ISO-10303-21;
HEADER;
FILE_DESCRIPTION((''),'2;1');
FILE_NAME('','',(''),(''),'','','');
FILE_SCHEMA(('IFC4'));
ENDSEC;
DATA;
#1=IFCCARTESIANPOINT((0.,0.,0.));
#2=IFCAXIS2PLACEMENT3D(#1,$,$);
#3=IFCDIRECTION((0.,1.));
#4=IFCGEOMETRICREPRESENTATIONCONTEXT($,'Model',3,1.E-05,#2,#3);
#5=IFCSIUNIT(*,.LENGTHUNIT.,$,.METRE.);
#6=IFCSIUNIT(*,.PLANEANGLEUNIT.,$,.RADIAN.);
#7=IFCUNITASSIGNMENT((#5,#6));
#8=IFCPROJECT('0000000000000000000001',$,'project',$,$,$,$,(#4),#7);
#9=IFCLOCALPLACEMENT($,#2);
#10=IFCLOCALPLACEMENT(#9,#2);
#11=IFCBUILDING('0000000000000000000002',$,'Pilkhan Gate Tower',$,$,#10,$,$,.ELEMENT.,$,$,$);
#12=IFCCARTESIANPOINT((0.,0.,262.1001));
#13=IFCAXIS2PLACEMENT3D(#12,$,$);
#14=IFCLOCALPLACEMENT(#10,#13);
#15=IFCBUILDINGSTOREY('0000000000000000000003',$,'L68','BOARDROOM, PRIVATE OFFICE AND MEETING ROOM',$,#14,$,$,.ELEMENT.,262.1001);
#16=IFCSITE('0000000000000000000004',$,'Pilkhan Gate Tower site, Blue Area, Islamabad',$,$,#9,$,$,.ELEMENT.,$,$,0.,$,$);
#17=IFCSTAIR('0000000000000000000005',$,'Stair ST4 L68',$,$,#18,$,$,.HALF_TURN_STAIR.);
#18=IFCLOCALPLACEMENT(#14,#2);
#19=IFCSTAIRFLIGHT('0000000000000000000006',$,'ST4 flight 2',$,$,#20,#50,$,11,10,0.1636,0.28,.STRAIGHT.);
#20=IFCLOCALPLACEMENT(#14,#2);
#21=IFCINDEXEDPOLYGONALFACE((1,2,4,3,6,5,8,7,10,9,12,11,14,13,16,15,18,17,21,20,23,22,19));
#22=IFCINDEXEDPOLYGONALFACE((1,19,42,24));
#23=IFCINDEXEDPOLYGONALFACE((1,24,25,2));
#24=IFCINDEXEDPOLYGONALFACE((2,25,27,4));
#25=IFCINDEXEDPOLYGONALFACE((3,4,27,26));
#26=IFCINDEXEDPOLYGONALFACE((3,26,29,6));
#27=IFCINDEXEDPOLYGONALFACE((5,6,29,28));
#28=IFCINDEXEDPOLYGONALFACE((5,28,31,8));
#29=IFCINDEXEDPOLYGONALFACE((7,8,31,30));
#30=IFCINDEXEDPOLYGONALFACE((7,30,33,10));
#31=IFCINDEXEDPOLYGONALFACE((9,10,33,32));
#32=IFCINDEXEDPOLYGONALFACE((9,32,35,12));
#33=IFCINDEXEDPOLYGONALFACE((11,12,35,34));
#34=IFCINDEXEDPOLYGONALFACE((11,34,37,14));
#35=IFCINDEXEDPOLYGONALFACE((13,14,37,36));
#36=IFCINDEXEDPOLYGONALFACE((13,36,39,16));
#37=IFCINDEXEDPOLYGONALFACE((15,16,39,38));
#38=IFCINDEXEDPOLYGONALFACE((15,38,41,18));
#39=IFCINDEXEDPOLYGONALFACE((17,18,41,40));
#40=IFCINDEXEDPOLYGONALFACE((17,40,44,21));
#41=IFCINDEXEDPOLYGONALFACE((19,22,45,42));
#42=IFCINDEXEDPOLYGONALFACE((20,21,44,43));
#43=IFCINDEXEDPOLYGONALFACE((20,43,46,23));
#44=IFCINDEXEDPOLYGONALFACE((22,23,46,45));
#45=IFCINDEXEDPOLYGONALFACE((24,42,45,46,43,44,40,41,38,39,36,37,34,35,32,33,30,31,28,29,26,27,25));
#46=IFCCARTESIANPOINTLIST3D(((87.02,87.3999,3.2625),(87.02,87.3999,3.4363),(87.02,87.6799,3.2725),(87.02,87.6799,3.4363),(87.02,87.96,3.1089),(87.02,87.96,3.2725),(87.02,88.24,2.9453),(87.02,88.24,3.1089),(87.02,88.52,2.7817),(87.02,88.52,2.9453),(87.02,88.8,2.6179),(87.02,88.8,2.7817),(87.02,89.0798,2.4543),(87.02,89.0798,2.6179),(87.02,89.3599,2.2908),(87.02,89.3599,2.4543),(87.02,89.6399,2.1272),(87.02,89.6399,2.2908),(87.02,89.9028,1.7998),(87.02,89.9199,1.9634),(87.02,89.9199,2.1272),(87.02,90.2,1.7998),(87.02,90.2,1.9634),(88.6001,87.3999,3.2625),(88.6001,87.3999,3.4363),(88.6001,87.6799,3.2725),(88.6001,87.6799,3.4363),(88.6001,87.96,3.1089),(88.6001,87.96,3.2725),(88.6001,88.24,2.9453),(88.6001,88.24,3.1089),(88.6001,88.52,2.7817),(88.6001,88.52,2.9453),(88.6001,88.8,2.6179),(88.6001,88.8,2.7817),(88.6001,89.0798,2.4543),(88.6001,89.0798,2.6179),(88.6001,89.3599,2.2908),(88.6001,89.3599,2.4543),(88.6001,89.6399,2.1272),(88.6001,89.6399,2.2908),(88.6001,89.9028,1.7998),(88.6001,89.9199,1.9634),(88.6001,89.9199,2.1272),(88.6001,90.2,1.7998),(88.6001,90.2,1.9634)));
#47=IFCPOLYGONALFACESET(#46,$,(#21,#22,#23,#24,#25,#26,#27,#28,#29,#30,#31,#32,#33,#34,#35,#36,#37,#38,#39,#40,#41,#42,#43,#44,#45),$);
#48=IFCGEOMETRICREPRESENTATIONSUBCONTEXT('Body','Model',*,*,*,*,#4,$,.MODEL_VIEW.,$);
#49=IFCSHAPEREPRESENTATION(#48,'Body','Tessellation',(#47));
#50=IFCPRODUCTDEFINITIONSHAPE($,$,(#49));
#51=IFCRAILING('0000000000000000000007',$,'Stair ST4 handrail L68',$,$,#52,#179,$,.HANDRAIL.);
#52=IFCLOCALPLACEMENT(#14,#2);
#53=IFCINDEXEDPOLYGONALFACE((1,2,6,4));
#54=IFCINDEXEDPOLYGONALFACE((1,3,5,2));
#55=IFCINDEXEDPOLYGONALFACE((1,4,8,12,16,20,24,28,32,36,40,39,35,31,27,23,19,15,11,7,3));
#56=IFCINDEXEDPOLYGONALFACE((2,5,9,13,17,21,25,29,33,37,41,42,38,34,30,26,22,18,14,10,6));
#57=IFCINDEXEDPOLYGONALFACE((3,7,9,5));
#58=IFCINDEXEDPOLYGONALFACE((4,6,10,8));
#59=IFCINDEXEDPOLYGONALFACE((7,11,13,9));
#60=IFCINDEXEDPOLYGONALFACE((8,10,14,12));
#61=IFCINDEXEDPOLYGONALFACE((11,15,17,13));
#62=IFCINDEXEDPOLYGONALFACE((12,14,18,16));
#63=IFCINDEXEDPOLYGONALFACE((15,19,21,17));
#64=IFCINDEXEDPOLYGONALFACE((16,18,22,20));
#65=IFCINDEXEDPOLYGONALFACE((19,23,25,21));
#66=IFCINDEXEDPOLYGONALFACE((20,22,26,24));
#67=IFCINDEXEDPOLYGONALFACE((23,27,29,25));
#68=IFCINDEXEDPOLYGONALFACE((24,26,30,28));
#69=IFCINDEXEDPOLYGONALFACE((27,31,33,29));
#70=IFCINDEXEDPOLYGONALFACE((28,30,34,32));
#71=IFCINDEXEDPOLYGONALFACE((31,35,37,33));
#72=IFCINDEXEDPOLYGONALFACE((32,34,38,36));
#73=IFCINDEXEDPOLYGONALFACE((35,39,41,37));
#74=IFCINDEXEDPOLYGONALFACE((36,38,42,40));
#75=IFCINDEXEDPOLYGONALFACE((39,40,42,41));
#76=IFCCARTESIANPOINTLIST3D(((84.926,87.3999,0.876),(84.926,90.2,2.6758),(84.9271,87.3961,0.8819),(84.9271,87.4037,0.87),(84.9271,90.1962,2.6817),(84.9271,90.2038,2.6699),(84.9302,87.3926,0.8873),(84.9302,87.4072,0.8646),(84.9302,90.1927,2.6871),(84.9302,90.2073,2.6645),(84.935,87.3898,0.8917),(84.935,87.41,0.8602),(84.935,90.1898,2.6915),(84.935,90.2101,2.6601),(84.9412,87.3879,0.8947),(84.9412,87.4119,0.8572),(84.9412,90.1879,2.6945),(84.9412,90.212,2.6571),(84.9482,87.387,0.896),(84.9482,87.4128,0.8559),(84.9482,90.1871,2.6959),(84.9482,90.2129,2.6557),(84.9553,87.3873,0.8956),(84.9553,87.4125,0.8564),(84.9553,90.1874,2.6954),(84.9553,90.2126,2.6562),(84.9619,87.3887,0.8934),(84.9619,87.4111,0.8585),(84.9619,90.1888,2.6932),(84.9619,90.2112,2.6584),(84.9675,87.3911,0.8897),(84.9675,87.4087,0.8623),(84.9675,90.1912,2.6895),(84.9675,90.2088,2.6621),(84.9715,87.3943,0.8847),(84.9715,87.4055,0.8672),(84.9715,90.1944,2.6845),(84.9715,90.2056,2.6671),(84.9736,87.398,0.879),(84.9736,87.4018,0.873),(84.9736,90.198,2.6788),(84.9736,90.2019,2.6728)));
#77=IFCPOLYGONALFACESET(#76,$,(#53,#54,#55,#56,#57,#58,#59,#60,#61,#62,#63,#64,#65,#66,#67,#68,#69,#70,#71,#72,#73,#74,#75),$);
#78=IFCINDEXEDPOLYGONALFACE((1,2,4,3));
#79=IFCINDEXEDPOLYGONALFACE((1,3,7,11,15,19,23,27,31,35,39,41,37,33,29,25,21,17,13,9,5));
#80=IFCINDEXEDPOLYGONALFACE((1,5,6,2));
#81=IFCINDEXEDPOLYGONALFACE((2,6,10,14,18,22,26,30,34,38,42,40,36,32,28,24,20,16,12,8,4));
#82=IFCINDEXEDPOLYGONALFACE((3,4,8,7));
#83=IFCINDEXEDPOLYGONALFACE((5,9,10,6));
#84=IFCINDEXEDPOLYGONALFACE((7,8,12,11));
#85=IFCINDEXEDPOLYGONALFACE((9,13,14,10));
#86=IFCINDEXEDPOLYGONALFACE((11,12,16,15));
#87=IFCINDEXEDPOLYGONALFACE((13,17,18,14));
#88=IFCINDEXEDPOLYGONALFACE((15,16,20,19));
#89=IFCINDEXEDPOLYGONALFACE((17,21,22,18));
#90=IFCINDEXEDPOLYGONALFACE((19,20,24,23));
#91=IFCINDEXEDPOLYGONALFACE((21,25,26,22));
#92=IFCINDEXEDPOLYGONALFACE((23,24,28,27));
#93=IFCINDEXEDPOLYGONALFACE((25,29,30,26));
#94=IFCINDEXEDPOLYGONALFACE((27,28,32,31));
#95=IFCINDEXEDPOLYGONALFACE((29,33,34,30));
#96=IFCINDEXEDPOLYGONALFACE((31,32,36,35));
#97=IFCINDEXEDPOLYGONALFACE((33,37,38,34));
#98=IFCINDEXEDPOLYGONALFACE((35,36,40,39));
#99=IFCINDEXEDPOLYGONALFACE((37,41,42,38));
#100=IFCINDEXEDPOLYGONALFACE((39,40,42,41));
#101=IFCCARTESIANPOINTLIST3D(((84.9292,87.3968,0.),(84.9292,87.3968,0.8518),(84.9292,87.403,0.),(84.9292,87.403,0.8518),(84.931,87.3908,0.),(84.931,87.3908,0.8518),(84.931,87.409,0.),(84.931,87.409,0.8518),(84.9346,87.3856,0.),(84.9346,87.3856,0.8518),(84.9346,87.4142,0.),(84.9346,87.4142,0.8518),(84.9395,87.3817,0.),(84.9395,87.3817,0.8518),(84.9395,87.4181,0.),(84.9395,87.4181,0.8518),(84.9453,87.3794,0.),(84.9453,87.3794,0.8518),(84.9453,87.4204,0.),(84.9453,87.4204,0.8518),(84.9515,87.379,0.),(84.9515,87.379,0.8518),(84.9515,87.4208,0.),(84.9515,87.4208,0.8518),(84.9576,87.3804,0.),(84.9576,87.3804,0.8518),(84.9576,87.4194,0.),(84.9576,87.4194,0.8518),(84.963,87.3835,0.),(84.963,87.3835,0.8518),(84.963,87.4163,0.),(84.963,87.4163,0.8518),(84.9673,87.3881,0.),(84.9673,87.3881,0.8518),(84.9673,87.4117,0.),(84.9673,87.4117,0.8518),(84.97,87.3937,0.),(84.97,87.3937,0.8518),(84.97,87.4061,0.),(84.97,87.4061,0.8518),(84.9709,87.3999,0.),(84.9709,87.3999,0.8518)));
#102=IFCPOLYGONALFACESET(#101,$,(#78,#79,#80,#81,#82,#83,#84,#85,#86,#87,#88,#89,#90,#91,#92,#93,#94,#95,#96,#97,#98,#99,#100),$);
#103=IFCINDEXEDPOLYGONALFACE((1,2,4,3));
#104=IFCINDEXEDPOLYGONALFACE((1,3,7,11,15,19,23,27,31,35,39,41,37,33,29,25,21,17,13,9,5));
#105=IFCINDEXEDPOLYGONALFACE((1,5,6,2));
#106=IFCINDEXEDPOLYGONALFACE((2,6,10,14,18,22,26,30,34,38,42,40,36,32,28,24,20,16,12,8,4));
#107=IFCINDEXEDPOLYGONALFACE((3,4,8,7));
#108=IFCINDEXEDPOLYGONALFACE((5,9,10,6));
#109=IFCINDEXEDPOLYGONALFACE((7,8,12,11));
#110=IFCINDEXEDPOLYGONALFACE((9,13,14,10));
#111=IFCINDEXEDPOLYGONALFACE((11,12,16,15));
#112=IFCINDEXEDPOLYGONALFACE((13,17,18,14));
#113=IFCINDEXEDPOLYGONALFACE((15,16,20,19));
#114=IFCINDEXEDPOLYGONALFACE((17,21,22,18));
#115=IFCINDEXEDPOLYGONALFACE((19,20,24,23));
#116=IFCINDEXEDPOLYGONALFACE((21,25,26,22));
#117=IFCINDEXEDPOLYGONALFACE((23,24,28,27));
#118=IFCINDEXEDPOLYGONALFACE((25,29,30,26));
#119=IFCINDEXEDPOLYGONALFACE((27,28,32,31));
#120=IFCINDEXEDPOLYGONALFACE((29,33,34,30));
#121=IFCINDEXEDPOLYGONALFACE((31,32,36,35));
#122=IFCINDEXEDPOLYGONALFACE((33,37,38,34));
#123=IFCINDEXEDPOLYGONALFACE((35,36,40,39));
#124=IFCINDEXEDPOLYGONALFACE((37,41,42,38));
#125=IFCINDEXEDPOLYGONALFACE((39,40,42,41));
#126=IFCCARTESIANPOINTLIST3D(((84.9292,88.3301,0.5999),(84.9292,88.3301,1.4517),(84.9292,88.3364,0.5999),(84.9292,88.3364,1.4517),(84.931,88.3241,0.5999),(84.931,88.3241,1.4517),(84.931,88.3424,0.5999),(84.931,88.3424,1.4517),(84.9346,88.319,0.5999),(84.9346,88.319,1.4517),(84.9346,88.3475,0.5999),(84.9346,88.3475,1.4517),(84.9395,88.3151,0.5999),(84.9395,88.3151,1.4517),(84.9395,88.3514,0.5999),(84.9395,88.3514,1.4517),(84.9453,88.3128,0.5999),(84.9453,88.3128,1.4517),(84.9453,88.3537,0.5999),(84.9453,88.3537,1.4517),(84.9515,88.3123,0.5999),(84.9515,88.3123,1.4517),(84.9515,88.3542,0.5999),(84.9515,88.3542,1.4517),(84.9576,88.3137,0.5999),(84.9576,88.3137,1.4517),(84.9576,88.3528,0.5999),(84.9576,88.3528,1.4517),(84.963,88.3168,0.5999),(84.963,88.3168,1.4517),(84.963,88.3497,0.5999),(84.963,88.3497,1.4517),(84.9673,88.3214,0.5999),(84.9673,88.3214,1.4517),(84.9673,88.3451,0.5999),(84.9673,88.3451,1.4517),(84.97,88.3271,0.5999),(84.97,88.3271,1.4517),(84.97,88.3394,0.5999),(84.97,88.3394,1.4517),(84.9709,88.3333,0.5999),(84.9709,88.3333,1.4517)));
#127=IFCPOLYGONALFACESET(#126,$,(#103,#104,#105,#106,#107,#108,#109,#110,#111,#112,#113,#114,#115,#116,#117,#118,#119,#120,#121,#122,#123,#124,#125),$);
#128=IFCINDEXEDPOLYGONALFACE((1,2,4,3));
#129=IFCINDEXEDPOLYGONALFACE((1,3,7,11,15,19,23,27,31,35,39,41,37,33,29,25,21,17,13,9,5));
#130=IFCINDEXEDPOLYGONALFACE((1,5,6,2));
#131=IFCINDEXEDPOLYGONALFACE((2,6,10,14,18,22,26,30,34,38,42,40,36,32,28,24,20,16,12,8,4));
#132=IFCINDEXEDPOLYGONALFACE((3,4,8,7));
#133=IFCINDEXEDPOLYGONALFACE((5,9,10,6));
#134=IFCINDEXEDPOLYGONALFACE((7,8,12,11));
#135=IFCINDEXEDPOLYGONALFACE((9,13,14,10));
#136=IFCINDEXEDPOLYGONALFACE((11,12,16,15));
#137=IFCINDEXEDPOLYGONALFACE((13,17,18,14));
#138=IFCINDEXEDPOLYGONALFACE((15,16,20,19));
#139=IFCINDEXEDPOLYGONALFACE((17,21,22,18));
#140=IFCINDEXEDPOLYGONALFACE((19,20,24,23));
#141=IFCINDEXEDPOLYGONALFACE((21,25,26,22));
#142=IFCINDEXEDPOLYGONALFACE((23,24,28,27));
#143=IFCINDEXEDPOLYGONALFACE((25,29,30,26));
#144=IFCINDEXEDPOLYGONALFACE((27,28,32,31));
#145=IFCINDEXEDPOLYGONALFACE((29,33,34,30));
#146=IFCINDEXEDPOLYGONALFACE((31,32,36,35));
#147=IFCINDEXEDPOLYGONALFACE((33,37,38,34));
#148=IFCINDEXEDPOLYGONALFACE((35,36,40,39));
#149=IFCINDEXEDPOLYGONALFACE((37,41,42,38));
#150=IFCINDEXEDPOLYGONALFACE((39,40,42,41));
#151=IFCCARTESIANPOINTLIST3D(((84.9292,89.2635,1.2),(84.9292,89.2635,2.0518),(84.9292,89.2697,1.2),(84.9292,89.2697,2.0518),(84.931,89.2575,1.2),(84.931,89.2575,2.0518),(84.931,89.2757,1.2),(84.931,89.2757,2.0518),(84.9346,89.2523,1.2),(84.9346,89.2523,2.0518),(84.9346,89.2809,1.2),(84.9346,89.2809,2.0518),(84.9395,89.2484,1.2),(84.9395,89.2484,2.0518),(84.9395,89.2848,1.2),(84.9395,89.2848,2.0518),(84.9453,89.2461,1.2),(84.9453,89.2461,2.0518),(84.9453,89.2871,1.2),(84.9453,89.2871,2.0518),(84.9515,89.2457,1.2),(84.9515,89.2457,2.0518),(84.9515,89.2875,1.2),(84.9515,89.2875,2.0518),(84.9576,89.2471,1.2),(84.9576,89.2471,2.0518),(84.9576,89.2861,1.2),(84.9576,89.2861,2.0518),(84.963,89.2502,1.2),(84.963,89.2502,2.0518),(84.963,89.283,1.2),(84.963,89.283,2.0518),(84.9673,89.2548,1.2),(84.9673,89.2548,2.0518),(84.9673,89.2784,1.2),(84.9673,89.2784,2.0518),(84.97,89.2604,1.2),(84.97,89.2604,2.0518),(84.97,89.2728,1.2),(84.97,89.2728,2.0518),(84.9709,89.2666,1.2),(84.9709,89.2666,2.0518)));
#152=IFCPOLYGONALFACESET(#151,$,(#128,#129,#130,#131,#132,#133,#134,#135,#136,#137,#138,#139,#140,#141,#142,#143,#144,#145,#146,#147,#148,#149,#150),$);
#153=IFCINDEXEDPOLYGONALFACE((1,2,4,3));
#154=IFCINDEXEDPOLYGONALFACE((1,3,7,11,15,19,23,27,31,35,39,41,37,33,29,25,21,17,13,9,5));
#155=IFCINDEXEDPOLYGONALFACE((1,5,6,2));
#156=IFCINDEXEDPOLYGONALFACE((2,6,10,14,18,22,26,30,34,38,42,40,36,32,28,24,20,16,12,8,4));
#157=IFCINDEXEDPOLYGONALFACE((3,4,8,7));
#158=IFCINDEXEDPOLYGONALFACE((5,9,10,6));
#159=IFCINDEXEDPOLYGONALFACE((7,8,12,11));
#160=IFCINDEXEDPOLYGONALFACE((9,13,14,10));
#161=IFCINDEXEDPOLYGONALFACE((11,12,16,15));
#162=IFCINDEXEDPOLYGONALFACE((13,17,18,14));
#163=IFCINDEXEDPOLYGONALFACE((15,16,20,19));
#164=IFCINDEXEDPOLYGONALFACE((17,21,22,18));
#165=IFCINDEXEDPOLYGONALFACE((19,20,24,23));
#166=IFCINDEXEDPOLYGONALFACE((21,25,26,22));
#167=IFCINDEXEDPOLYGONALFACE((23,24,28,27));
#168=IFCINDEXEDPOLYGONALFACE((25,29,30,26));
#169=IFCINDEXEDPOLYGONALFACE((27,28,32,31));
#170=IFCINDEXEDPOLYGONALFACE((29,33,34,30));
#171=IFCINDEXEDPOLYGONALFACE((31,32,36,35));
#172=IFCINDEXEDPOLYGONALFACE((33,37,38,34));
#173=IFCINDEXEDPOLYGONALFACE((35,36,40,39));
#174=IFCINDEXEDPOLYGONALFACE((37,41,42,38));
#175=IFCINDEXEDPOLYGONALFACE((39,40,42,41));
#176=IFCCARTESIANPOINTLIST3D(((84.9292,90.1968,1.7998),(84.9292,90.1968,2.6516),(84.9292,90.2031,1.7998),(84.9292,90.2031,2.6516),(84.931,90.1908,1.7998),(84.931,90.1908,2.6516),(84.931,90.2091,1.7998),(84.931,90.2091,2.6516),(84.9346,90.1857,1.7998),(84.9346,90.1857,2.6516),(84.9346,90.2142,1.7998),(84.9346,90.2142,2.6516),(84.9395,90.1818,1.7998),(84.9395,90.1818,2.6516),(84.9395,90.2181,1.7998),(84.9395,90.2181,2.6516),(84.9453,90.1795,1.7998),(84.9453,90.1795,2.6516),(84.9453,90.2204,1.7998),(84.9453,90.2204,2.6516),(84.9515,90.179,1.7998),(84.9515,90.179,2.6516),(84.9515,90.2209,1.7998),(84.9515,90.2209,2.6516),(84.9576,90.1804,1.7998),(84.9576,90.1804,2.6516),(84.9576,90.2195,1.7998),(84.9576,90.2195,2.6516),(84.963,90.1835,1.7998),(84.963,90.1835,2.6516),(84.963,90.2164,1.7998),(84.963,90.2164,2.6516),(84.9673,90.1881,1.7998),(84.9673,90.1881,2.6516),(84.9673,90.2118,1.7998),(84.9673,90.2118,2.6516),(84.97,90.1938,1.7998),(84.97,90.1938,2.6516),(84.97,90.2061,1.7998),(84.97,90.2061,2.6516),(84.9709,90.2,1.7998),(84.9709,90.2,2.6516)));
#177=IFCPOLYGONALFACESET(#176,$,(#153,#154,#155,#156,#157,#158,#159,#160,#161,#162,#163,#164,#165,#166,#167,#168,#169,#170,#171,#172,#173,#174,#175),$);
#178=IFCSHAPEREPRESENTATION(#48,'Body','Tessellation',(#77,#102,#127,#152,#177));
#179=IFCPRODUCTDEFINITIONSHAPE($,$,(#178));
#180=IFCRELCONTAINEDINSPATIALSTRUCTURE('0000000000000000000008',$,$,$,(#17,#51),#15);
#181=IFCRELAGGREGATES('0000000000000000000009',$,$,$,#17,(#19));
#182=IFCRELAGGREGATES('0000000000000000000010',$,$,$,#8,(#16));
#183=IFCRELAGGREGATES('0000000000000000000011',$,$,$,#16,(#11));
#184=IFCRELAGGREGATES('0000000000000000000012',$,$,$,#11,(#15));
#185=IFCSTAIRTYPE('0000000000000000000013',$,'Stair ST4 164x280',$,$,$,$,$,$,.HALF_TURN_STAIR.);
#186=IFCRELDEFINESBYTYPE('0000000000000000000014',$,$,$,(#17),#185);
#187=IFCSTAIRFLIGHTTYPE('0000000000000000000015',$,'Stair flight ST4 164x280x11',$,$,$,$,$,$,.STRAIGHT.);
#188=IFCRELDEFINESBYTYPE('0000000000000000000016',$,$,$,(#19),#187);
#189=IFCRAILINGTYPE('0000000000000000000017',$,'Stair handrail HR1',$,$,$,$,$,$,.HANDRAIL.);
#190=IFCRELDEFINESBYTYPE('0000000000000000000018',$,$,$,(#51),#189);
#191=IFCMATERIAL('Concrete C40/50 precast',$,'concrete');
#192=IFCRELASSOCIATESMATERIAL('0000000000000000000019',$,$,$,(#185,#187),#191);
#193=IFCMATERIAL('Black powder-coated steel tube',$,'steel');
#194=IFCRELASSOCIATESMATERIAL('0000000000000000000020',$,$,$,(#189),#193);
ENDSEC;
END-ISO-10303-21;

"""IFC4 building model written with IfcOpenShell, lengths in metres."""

from ifc_helpers import new_model, si_unit, direction, frame, origin, origin_2d, place, context, subcontext, project, spatial, polyline, circle, outline, extrude, material, type_object, element, aggregate, save


model = new_model("IFC4")

# Units and contexts
model_context = context("Model", 3, precision=1e-05, world=origin(), true_north=direction((0.0, 1.0)))
body_context = subcontext(model_context, "Body", "Model", "MODEL_VIEW")
ifc_project = project(units=[si_unit("LENGTHUNIT", "METRE"), si_unit("PLANEANGLEUNIT", "RADIAN")], contexts=[model_context])

# Site, building, storey
site_placement = place(None, origin())
site = spatial("IfcSite", under=ifc_project, at=site_placement, Name="Pilkhan Gate Tower site, Blue Area, Islamabad", CompositionType="ELEMENT", RefElevation=0.0)
building_placement = place(site_placement, origin())
building = spatial("IfcBuilding", under=site, at=building_placement, Name="Pilkhan Gate Tower", CompositionType="ELEMENT")
storey_placement = place(building_placement, frame((0.0, 0.0, 262.1001)))
storey = spatial("IfcBuildingStorey", under=building, at=storey_placement, Name="L68", Description="BOARDROOM, PRIVATE OFFICE AND MEETING ROOM", CompositionType="ELEMENT", Elevation=262.1001)

# Stair, stair flight
ifc_material_1 = material(Name="Concrete C40/50 precast", Category="concrete")
stair_type = type_object("IfcStairType", Name="Stair ST4 164x280", PredefinedType="HALF_TURN_STAIR", material=ifc_material_1)
stair_placement = place(storey_placement, origin())
stair = element("IfcStair", 1, at=stair_placement, inside=storey, type_object=stair_type, Name="Stair ST4 L68", PredefinedType="HALF_TURN_STAIR")
stair_flight_type = type_object("IfcStairFlightType", Name="Stair flight ST4 164x280x11", PredefinedType="STRAIGHT", material=ifc_material_1)
stair_flight_1_placement = place(storey_placement, frame((87.8101, 90.2, 1.7998), z_axis=(0.0, 0.0, 1.0), x_axis=(0.0, -1.0, 0.0)))
stair_flight_1 = element("IfcStairFlight", 2, at=stair_flight_1_placement, type_object=stair_flight_type, Name="ST4 flight 2", NumberOfRisers=11, NumberOfTreads=10, PredefinedType="STRAIGHT", RiserHeight=0.1636, TreadLength=0.28, context=body_context, shape_type="SweptSolid", body=[
    extrude(outline(polyline([(0.0, 0.0), (0.0, 0.1636), (0.28, 0.1636), (0.28, 0.3274), (0.5601, 0.3274), (0.5601, 0.491), (0.8401, 0.491), (0.8401, 0.6545), (1.1201, 0.6545), (1.1201, 0.8181), (1.3999, 0.8181), (1.3999, 0.9819), (1.6799, 0.9819), (1.6799, 1.1455), (1.96, 1.1455), (1.96, 1.3091), (2.24, 1.3091), (2.24, 1.4727), (2.52, 1.4727), (2.52, 1.6365), (2.8, 1.6365), (2.8, 1.8), (2.8, 1.4626), (0.2971, 0.0), (0.0, 0.0)])), frame((0.0, 0.79, 0.0), z_axis=(0.0, -1.0, 0.0), x_axis=(1.0, 0.0, 0.0)), (0.0, 0.0, 1.0), 1.5801),
])
aggregate(stair, [stair_flight_1])

# Railing
ifc_material_2 = material(Name="Black powder-coated steel tube", Category="steel")
railing_type_1 = type_object("IfcRailingType", Name="Stair handrail HR1", PredefinedType="HANDRAIL", material=ifc_material_2)
railing_1_placement = place(storey_placement, frame((84.95, 87.3999, 0.0)))
element("IfcRailing", 3, at=railing_1_placement, inside=storey, type_object=railing_type_1, Name="Stair ST4 handrail L68", PredefinedType="HANDRAIL", context=body_context, shape_type="SweptSolid", body=[
    extrude(circle(Radius=0.0239, at=origin_2d()), frame((0.0, 0.0, 0.876), z_axis=(0.0, 0.841209, 0.540709), x_axis=(-1.0, 0.0, 0.0)), (0.0, 0.0, 1.0), 3.3286),
    extrude(circle(Radius=0.021, at=origin_2d()), origin(), (0.0, 0.0, 1.0), 0.8518),
    extrude(circle(Radius=0.021, at=origin_2d()), frame((0.0, 0.9333, 0.5999)), (0.0, 0.0, 1.0), 0.8518),
    extrude(circle(Radius=0.021, at=origin_2d()), frame((0.0, 1.8667, 1.2)), (0.0, 0.0, 1.0), 0.8518),
    extrude(circle(Radius=0.021, at=origin_2d()), frame((0.0, 2.8, 1.7998)), (0.0, 0.0, 1.0), 0.8518),
])

save(model, "model.ifc")
